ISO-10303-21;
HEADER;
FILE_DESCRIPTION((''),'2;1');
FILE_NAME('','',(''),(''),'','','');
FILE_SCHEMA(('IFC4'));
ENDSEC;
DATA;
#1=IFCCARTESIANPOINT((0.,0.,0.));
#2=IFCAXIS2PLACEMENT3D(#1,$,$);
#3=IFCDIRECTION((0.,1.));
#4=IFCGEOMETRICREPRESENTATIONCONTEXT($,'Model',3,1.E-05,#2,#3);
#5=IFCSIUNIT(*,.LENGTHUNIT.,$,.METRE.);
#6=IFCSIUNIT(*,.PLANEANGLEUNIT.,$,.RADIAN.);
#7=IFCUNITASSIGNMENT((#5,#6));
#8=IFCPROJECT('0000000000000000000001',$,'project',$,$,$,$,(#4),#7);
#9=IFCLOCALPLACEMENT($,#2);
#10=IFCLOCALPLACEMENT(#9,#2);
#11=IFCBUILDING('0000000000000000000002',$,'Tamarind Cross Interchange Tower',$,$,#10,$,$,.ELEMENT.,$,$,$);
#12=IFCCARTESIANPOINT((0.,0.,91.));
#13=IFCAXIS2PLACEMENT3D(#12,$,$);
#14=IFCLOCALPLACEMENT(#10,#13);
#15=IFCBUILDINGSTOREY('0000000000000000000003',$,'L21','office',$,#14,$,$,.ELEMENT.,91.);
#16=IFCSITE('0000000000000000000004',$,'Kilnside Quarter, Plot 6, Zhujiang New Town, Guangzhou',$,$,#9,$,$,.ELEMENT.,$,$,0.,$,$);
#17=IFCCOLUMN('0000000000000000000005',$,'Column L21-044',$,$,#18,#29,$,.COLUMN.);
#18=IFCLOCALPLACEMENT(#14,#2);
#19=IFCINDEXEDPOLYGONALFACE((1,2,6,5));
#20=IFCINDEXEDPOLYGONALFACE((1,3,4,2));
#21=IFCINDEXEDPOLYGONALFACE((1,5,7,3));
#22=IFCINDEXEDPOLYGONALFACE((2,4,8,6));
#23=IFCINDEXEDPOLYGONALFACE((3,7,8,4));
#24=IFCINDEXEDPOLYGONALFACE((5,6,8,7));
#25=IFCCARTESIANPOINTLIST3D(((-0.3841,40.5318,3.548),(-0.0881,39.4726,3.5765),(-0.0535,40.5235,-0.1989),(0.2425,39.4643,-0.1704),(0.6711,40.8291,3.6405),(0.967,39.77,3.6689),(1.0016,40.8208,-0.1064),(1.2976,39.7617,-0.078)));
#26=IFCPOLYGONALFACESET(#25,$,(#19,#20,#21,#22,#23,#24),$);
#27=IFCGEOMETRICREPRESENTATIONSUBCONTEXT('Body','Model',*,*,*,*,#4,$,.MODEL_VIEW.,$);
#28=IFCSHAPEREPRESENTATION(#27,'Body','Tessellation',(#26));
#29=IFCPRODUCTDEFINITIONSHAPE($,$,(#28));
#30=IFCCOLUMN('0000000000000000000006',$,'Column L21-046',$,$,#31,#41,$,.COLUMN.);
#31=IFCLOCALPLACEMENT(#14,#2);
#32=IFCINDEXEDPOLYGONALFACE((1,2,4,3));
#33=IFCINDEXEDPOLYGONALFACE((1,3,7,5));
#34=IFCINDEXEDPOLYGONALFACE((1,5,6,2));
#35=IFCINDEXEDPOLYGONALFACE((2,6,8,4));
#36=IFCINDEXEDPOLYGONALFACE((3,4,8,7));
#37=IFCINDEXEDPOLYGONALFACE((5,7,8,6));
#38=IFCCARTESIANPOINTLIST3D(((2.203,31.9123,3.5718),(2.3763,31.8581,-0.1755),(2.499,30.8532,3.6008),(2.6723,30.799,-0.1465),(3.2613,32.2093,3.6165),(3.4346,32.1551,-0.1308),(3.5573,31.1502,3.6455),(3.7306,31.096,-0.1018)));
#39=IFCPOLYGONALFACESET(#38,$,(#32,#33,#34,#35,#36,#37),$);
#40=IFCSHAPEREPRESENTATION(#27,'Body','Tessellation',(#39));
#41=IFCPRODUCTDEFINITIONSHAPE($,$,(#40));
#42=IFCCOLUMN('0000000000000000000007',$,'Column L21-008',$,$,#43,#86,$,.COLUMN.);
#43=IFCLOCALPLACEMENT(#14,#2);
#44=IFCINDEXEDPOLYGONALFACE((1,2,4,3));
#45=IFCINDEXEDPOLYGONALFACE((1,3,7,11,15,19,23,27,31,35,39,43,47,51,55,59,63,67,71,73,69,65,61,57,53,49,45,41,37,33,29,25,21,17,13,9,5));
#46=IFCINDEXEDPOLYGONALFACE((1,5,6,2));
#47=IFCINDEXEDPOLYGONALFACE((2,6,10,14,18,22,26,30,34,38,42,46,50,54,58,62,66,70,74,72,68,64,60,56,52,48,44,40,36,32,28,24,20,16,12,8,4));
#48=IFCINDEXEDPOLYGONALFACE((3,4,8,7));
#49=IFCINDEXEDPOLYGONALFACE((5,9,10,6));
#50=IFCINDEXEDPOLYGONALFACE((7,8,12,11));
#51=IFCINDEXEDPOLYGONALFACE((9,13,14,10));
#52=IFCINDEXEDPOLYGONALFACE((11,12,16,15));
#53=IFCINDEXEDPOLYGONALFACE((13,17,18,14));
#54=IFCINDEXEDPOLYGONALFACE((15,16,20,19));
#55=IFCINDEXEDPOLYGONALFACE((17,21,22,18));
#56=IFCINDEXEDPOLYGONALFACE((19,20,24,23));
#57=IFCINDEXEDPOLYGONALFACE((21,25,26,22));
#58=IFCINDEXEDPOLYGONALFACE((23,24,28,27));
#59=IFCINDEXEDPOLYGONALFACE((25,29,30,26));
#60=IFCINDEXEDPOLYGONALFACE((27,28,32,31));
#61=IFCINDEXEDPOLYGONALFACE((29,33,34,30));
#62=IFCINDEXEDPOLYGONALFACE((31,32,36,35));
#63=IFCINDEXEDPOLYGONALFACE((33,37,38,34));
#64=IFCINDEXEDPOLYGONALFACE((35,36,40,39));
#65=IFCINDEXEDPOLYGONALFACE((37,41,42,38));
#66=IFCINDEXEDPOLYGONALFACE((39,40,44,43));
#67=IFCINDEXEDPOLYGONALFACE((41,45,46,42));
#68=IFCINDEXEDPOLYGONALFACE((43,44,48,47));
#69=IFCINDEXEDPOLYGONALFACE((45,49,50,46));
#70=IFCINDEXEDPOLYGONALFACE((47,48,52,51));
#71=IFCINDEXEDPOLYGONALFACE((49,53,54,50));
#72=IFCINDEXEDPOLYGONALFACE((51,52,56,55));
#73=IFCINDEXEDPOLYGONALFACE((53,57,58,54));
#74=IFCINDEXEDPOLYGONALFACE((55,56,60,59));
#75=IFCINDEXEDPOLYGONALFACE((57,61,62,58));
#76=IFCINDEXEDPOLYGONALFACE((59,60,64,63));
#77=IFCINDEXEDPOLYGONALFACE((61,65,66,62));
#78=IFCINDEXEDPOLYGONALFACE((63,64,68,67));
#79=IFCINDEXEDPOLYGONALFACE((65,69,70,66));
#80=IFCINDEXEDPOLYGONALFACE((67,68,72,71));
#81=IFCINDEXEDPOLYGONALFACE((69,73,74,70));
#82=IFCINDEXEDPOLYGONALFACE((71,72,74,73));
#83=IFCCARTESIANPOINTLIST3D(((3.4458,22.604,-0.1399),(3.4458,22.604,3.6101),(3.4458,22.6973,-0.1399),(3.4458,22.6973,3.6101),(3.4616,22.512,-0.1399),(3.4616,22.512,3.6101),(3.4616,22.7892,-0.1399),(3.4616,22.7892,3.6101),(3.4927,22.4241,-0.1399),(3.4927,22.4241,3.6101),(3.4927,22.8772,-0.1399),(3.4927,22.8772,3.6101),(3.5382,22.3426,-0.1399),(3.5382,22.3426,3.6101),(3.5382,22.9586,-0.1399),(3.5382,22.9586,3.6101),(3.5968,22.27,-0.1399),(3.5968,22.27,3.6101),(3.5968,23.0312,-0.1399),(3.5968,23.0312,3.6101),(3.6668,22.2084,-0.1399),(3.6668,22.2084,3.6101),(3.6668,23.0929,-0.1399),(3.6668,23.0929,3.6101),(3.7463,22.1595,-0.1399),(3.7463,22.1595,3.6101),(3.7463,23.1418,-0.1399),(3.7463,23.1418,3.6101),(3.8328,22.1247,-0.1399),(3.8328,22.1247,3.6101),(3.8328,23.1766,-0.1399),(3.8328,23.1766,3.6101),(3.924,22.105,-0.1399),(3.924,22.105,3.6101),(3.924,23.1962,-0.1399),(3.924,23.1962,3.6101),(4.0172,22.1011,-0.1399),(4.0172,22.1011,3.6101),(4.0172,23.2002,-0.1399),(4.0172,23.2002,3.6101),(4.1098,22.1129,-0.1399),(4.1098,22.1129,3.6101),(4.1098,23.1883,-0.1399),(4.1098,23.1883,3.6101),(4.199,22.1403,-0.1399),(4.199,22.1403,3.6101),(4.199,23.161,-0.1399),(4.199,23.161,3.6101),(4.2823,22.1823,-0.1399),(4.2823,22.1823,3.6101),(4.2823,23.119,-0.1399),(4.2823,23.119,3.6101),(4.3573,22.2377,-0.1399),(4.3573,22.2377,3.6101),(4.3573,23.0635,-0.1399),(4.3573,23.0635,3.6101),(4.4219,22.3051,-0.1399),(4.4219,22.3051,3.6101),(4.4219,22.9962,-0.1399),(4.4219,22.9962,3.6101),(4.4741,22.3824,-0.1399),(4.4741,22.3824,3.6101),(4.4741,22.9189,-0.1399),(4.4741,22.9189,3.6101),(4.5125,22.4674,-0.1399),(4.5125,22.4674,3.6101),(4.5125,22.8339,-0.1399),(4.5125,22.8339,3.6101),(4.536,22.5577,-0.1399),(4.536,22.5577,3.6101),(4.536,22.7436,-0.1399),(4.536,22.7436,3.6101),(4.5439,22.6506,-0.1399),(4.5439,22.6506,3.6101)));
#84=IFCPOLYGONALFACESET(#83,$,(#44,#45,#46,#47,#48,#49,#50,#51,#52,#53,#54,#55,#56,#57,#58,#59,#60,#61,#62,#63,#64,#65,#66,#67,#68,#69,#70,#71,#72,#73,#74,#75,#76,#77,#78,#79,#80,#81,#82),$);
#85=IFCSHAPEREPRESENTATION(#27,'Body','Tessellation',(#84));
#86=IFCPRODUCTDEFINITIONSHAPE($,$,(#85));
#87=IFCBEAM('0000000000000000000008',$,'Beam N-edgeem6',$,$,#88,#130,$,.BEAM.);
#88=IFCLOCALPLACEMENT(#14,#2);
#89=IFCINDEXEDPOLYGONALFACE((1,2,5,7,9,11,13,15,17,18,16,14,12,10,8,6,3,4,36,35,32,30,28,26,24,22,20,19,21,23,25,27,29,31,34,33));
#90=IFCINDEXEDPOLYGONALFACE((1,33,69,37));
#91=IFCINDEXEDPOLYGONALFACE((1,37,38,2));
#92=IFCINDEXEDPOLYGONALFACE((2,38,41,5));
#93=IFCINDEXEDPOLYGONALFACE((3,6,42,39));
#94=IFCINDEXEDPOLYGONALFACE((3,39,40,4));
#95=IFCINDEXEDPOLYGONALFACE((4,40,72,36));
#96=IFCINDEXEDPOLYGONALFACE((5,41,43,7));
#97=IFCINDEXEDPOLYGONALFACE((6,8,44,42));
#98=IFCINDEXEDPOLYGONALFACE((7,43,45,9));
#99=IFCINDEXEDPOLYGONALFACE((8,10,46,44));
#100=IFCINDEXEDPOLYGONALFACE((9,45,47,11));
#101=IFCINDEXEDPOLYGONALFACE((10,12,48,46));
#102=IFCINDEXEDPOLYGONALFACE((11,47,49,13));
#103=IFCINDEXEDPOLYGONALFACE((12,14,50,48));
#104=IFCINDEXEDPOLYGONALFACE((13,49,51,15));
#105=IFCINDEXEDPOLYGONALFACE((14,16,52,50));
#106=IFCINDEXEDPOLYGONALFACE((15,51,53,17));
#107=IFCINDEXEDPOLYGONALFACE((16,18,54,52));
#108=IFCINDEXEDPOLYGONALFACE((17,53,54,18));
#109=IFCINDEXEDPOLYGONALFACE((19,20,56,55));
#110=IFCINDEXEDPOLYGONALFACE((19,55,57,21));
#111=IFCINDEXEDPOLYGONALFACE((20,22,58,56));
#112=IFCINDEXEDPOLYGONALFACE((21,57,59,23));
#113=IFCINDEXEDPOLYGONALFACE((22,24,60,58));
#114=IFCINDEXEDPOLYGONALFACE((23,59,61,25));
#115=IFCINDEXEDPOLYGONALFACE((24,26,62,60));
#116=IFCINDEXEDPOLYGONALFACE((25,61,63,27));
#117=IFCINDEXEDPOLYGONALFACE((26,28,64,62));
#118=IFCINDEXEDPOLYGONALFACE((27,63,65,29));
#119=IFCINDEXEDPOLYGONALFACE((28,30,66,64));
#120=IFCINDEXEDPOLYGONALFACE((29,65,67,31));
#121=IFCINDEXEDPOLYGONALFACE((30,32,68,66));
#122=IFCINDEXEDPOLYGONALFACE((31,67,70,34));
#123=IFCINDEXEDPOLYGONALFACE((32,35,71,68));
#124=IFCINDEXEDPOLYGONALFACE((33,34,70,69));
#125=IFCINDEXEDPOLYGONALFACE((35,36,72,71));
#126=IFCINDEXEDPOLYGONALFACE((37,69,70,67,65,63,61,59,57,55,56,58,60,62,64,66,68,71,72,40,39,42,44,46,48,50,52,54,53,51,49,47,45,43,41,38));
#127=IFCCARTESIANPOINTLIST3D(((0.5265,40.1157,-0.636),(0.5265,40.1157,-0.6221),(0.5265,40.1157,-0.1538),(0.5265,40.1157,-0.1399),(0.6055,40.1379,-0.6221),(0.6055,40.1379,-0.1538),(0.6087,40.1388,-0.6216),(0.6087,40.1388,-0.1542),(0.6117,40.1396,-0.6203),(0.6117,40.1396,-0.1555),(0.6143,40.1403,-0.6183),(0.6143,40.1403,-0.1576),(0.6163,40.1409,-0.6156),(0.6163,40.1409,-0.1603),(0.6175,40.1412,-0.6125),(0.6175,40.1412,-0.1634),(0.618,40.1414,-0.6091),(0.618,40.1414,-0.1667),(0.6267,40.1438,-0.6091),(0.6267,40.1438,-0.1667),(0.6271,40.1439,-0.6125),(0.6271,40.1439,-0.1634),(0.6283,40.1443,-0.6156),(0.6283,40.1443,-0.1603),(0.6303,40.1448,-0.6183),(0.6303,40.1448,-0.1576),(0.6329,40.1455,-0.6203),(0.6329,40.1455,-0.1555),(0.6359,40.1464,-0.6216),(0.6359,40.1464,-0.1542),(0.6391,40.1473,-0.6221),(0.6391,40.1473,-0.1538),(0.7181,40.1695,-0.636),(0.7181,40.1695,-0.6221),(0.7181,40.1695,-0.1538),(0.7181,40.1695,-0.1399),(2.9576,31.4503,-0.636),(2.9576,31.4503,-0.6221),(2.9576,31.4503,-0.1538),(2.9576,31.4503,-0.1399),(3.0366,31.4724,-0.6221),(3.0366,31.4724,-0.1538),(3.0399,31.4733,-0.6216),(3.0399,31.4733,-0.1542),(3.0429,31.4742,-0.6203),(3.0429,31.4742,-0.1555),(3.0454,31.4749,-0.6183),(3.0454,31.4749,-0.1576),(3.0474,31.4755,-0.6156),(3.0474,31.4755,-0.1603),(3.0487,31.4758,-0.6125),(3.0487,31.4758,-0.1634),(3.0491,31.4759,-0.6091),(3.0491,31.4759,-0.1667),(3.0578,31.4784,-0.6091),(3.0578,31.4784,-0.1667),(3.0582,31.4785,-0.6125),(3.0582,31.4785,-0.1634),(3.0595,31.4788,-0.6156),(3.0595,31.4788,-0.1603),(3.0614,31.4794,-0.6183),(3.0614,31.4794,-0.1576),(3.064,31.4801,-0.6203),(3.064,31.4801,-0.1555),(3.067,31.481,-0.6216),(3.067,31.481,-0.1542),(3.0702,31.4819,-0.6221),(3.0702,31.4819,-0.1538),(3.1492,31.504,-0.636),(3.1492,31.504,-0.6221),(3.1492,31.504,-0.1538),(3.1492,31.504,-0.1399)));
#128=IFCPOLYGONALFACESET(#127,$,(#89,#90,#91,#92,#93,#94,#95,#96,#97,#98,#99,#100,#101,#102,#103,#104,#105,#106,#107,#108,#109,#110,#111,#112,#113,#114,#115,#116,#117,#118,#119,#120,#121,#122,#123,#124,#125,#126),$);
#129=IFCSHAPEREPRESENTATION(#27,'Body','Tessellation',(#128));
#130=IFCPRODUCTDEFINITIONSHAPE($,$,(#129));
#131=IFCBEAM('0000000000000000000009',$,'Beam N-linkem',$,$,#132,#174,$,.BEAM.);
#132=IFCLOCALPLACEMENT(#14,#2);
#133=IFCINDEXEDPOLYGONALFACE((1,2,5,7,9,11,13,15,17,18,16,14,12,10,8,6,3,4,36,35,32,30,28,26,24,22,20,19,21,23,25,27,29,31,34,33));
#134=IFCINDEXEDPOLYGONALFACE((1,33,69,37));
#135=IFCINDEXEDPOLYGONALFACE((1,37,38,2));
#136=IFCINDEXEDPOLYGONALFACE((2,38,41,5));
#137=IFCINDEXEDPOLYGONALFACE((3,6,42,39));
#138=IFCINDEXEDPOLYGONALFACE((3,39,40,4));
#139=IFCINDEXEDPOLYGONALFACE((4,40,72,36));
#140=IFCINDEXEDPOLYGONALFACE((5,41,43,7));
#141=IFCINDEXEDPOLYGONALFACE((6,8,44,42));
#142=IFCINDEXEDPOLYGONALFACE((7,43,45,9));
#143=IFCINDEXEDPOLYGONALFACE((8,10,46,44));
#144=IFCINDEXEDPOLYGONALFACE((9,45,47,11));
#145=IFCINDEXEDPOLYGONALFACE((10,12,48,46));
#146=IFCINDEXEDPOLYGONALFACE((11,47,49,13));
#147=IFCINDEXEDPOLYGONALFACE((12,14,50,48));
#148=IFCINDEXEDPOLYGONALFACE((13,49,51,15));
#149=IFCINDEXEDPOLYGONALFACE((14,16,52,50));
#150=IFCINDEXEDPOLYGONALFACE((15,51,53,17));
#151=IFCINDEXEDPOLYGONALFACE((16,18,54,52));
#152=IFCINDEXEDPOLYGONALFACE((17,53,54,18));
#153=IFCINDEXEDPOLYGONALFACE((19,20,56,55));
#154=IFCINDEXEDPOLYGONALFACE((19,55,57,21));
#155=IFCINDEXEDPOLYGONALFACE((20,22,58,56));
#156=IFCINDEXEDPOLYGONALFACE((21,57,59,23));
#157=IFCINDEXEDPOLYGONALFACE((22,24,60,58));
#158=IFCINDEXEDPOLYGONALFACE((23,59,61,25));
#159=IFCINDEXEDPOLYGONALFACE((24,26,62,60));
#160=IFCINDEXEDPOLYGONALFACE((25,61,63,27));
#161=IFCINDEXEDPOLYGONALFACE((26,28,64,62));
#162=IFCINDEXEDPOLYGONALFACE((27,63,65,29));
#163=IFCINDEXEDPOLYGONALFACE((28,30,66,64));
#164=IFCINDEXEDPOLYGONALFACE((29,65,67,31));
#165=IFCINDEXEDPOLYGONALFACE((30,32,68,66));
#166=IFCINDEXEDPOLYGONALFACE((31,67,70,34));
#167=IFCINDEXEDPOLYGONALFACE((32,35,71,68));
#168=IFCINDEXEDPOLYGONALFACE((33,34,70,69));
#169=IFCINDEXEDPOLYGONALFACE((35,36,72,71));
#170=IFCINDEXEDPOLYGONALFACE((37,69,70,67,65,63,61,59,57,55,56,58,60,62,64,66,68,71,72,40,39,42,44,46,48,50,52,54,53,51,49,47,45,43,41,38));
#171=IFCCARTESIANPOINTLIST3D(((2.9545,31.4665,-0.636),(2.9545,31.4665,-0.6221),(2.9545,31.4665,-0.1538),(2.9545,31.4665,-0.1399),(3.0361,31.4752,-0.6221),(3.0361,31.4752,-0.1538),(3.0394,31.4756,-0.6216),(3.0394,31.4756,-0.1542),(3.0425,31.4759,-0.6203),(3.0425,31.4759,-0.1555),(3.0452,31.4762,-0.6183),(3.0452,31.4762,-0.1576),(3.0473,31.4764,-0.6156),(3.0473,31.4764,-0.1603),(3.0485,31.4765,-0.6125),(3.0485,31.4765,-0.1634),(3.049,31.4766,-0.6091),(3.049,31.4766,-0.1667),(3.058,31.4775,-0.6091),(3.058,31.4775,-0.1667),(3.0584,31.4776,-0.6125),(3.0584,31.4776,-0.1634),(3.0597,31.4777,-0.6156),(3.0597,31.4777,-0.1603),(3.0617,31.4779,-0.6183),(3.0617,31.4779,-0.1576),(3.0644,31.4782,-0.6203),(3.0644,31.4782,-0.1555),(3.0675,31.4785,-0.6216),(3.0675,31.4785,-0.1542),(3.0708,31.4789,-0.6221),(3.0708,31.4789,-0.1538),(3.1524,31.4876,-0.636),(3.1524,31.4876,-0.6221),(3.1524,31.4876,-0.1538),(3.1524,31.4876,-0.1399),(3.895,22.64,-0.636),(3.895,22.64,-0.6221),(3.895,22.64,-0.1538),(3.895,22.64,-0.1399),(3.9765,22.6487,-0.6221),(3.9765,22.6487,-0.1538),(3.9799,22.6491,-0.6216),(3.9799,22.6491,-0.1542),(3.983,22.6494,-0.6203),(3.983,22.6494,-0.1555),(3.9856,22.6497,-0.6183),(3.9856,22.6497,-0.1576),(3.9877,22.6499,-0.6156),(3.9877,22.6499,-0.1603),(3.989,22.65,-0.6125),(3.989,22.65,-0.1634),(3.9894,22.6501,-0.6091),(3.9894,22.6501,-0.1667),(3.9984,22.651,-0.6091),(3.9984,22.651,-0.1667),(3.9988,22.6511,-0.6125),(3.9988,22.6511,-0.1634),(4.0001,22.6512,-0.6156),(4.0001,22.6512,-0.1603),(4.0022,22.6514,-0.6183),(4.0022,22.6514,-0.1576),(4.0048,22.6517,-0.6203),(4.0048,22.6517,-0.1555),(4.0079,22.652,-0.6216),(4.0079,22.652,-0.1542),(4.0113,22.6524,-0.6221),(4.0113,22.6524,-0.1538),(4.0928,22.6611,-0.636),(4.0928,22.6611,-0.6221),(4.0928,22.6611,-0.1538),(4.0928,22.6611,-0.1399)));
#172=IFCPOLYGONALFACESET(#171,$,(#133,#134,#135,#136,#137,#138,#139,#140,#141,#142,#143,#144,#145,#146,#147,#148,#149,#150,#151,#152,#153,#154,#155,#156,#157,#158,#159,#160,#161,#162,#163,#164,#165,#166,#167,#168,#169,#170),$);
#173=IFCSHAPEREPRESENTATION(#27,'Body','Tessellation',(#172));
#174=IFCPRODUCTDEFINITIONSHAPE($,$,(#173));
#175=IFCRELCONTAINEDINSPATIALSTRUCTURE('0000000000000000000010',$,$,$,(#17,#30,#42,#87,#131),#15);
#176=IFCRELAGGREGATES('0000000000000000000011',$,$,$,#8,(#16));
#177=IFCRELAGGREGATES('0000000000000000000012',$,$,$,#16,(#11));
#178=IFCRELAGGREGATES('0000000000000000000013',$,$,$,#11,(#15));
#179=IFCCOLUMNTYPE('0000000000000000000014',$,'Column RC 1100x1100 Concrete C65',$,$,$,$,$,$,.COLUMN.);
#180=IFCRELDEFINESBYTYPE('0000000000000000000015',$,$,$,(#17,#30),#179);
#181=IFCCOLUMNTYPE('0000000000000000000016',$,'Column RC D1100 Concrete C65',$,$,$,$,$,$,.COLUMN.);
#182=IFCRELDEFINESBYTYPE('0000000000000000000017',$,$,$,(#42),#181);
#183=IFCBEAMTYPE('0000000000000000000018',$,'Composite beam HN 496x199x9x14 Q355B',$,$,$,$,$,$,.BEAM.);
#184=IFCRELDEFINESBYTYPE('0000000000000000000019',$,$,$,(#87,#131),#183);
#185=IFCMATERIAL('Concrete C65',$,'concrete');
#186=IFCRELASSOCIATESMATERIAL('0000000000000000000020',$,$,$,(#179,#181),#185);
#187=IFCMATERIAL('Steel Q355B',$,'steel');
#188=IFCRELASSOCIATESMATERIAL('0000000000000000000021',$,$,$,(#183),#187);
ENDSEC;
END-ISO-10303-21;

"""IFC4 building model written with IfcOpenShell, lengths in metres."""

from ifc_helpers import new_model, si_unit, direction, frame, origin, origin_2d, place, context, subcontext, project, spatial, rectangle, circle, i_section, extrude, material, material_profile, profile_set, type_object, element, save


model = new_model("IFC4")

# Units and contexts
model_context = context("Model", 3, precision=1e-05, world=origin(), true_north=direction((0.0, 1.0)))
body_context = subcontext(model_context, "Body", "Model", "MODEL_VIEW")
ifc_project = project(units=[si_unit("LENGTHUNIT", "METRE"), si_unit("PLANEANGLEUNIT", "RADIAN")], contexts=[model_context])

# Site, building, storey
site_placement = place(None, origin())
site = spatial("IfcSite", under=ifc_project, at=site_placement, Name="Kilnside Quarter, Plot 6, Zhujiang New Town, Guangzhou", CompositionType="ELEMENT", RefElevation=0.0)
building_placement = place(site_placement, origin())
building = spatial("IfcBuilding", under=site, at=building_placement, Name="Tamarind Cross Interchange Tower", CompositionType="ELEMENT")
storey_placement = place(building_placement, frame((0.0, 0.0, 91.0)))
storey = spatial("IfcBuildingStorey", under=building, at=storey_placement, Name="L21", Description="office", CompositionType="ELEMENT", Elevation=91.0)

# Columns
ifc_material_1 = material(Name="Concrete C65", Category="concrete")
ifc_material_profile_1 = material_profile(ifc_material_1, rectangle(XDim=1.1001, YDim=1.1001, at=origin_2d()), Name="RC 1100x1100")
ifc_profile_set_1 = profile_set([ifc_material_profile_1], Name="Concrete C65")
column_type_1 = type_object("IfcColumnType", Name="Column RC 1100x1100 Concrete C65", PredefinedType="COLUMN", material=ifc_profile_set_1)
column_1_placement = place(storey_placement, frame((0.6221, 40.1426, -0.1384), z_axis=(-0.087884, 0.002207, 0.996128), x_axis=(0.269052, -0.962778, 0.02587)))
element("IfcColumn", 1, at=column_1_placement, inside=storey, type_object=column_type_1, Name="Column L21-044", PredefinedType="COLUMN", context=body_context, shape_type="SweptSolid", body=[
    extrude(rectangle(XDim=1.1001, YDim=1.1001, at=origin_2d()), origin(), (0.0, 0.0, 1.0), 3.7615),
])
column_2_placement = place(storey_placement, frame((3.0535, 31.4771, -0.1387), z_axis=(-0.046203, 0.014447, 0.998828), x_axis=(0.269064, -0.962761, 0.026371)))
element("IfcColumn", 2, at=column_2_placement, inside=storey, type_object=column_type_1, Name="Column L21-046", PredefinedType="COLUMN", context=body_context, shape_type="SweptSolid", body=[
    extrude(rectangle(XDim=1.1001, YDim=1.1001, at=origin_2d()), origin(), (0.0, 0.0, 1.0), 3.7517),
])
ifc_material_profile_2 = material_profile(ifc_material_1, circle(Radius=0.55, at=origin_2d()), Name="RC D1100")
ifc_profile_set_2 = profile_set([ifc_material_profile_2], Name="Concrete C65")
column_type_2 = type_object("IfcColumnType", Name="Column RC D1100 Concrete C65", PredefinedType="COLUMN", material=ifc_profile_set_2)
column_3_placement = place(storey_placement, frame((3.9939, 22.6506, -0.1399), z_axis=(0.0, 0.0, 1.0), x_axis=(1.0, 0.0, 0.0)))
element("IfcColumn", 3, at=column_3_placement, inside=storey, type_object=column_type_2, Name="Column L21-008", PredefinedType="COLUMN", context=body_context, shape_type="SweptSolid", body=[
    extrude(circle(Radius=0.55, at=origin_2d()), origin(), (0.0, 0.0, 1.0), 3.75),
])

# Beams
ifc_material_2 = material(Name="Steel Q355B", Category="steel")
ifc_material_profile_3 = material_profile(ifc_material_2, i_section(OverallWidth=0.199, OverallDepth=0.4961, WebThickness=0.009, FlangeThickness=0.0139, FilletRadius=0.0129, at=origin_2d()), Name="HN 496x199x9x14")
ifc_profile_set_3 = profile_set([ifc_material_profile_3], Name="Steel Q355B")
beam_type_1 = type_object("IfcBeamType", Name="Composite beam HN 496x199x9x14 Q355B", PredefinedType="BEAM", material=ifc_profile_set_3)
beam_1_placement = place(storey_placement, frame((0.6223, 40.1426, -0.3879), z_axis=(0.270125, -0.962825, 0.0), x_axis=(0.962825, 0.270125, 0.0)))
element("IfcBeam", 4, at=beam_1_placement, inside=storey, type_object=beam_type_1, Name="Beam N-edgeem6", PredefinedType="BEAM", context=body_context, shape_type="SweptSolid", body=[
    extrude(i_section(OverallWidth=0.199, OverallDepth=0.4961, WebThickness=0.009, FlangeThickness=0.0139, FilletRadius=0.0129, at=origin_2d()), origin(), (0.0, 0.0, 1.0), 9.0),
])
beam_2_placement = place(storey_placement, frame((3.0535, 31.4771, -0.3879), z_axis=(0.105947, -0.994372, 0.0), x_axis=(0.994372, 0.105947, 0.0)))
element("IfcBeam", 5, at=beam_2_placement, inside=storey, type_object=beam_type_1, Name="Beam N-linkem", PredefinedType="BEAM", context=body_context, shape_type="SweptSolid", body=[
    extrude(i_section(OverallWidth=0.199, OverallDepth=0.4961, WebThickness=0.009, FlangeThickness=0.0139, FilletRadius=0.0129, at=origin_2d()), origin(), (0.0, 0.0, 1.0), 8.8765),
])

save(model, "model.ifc")
